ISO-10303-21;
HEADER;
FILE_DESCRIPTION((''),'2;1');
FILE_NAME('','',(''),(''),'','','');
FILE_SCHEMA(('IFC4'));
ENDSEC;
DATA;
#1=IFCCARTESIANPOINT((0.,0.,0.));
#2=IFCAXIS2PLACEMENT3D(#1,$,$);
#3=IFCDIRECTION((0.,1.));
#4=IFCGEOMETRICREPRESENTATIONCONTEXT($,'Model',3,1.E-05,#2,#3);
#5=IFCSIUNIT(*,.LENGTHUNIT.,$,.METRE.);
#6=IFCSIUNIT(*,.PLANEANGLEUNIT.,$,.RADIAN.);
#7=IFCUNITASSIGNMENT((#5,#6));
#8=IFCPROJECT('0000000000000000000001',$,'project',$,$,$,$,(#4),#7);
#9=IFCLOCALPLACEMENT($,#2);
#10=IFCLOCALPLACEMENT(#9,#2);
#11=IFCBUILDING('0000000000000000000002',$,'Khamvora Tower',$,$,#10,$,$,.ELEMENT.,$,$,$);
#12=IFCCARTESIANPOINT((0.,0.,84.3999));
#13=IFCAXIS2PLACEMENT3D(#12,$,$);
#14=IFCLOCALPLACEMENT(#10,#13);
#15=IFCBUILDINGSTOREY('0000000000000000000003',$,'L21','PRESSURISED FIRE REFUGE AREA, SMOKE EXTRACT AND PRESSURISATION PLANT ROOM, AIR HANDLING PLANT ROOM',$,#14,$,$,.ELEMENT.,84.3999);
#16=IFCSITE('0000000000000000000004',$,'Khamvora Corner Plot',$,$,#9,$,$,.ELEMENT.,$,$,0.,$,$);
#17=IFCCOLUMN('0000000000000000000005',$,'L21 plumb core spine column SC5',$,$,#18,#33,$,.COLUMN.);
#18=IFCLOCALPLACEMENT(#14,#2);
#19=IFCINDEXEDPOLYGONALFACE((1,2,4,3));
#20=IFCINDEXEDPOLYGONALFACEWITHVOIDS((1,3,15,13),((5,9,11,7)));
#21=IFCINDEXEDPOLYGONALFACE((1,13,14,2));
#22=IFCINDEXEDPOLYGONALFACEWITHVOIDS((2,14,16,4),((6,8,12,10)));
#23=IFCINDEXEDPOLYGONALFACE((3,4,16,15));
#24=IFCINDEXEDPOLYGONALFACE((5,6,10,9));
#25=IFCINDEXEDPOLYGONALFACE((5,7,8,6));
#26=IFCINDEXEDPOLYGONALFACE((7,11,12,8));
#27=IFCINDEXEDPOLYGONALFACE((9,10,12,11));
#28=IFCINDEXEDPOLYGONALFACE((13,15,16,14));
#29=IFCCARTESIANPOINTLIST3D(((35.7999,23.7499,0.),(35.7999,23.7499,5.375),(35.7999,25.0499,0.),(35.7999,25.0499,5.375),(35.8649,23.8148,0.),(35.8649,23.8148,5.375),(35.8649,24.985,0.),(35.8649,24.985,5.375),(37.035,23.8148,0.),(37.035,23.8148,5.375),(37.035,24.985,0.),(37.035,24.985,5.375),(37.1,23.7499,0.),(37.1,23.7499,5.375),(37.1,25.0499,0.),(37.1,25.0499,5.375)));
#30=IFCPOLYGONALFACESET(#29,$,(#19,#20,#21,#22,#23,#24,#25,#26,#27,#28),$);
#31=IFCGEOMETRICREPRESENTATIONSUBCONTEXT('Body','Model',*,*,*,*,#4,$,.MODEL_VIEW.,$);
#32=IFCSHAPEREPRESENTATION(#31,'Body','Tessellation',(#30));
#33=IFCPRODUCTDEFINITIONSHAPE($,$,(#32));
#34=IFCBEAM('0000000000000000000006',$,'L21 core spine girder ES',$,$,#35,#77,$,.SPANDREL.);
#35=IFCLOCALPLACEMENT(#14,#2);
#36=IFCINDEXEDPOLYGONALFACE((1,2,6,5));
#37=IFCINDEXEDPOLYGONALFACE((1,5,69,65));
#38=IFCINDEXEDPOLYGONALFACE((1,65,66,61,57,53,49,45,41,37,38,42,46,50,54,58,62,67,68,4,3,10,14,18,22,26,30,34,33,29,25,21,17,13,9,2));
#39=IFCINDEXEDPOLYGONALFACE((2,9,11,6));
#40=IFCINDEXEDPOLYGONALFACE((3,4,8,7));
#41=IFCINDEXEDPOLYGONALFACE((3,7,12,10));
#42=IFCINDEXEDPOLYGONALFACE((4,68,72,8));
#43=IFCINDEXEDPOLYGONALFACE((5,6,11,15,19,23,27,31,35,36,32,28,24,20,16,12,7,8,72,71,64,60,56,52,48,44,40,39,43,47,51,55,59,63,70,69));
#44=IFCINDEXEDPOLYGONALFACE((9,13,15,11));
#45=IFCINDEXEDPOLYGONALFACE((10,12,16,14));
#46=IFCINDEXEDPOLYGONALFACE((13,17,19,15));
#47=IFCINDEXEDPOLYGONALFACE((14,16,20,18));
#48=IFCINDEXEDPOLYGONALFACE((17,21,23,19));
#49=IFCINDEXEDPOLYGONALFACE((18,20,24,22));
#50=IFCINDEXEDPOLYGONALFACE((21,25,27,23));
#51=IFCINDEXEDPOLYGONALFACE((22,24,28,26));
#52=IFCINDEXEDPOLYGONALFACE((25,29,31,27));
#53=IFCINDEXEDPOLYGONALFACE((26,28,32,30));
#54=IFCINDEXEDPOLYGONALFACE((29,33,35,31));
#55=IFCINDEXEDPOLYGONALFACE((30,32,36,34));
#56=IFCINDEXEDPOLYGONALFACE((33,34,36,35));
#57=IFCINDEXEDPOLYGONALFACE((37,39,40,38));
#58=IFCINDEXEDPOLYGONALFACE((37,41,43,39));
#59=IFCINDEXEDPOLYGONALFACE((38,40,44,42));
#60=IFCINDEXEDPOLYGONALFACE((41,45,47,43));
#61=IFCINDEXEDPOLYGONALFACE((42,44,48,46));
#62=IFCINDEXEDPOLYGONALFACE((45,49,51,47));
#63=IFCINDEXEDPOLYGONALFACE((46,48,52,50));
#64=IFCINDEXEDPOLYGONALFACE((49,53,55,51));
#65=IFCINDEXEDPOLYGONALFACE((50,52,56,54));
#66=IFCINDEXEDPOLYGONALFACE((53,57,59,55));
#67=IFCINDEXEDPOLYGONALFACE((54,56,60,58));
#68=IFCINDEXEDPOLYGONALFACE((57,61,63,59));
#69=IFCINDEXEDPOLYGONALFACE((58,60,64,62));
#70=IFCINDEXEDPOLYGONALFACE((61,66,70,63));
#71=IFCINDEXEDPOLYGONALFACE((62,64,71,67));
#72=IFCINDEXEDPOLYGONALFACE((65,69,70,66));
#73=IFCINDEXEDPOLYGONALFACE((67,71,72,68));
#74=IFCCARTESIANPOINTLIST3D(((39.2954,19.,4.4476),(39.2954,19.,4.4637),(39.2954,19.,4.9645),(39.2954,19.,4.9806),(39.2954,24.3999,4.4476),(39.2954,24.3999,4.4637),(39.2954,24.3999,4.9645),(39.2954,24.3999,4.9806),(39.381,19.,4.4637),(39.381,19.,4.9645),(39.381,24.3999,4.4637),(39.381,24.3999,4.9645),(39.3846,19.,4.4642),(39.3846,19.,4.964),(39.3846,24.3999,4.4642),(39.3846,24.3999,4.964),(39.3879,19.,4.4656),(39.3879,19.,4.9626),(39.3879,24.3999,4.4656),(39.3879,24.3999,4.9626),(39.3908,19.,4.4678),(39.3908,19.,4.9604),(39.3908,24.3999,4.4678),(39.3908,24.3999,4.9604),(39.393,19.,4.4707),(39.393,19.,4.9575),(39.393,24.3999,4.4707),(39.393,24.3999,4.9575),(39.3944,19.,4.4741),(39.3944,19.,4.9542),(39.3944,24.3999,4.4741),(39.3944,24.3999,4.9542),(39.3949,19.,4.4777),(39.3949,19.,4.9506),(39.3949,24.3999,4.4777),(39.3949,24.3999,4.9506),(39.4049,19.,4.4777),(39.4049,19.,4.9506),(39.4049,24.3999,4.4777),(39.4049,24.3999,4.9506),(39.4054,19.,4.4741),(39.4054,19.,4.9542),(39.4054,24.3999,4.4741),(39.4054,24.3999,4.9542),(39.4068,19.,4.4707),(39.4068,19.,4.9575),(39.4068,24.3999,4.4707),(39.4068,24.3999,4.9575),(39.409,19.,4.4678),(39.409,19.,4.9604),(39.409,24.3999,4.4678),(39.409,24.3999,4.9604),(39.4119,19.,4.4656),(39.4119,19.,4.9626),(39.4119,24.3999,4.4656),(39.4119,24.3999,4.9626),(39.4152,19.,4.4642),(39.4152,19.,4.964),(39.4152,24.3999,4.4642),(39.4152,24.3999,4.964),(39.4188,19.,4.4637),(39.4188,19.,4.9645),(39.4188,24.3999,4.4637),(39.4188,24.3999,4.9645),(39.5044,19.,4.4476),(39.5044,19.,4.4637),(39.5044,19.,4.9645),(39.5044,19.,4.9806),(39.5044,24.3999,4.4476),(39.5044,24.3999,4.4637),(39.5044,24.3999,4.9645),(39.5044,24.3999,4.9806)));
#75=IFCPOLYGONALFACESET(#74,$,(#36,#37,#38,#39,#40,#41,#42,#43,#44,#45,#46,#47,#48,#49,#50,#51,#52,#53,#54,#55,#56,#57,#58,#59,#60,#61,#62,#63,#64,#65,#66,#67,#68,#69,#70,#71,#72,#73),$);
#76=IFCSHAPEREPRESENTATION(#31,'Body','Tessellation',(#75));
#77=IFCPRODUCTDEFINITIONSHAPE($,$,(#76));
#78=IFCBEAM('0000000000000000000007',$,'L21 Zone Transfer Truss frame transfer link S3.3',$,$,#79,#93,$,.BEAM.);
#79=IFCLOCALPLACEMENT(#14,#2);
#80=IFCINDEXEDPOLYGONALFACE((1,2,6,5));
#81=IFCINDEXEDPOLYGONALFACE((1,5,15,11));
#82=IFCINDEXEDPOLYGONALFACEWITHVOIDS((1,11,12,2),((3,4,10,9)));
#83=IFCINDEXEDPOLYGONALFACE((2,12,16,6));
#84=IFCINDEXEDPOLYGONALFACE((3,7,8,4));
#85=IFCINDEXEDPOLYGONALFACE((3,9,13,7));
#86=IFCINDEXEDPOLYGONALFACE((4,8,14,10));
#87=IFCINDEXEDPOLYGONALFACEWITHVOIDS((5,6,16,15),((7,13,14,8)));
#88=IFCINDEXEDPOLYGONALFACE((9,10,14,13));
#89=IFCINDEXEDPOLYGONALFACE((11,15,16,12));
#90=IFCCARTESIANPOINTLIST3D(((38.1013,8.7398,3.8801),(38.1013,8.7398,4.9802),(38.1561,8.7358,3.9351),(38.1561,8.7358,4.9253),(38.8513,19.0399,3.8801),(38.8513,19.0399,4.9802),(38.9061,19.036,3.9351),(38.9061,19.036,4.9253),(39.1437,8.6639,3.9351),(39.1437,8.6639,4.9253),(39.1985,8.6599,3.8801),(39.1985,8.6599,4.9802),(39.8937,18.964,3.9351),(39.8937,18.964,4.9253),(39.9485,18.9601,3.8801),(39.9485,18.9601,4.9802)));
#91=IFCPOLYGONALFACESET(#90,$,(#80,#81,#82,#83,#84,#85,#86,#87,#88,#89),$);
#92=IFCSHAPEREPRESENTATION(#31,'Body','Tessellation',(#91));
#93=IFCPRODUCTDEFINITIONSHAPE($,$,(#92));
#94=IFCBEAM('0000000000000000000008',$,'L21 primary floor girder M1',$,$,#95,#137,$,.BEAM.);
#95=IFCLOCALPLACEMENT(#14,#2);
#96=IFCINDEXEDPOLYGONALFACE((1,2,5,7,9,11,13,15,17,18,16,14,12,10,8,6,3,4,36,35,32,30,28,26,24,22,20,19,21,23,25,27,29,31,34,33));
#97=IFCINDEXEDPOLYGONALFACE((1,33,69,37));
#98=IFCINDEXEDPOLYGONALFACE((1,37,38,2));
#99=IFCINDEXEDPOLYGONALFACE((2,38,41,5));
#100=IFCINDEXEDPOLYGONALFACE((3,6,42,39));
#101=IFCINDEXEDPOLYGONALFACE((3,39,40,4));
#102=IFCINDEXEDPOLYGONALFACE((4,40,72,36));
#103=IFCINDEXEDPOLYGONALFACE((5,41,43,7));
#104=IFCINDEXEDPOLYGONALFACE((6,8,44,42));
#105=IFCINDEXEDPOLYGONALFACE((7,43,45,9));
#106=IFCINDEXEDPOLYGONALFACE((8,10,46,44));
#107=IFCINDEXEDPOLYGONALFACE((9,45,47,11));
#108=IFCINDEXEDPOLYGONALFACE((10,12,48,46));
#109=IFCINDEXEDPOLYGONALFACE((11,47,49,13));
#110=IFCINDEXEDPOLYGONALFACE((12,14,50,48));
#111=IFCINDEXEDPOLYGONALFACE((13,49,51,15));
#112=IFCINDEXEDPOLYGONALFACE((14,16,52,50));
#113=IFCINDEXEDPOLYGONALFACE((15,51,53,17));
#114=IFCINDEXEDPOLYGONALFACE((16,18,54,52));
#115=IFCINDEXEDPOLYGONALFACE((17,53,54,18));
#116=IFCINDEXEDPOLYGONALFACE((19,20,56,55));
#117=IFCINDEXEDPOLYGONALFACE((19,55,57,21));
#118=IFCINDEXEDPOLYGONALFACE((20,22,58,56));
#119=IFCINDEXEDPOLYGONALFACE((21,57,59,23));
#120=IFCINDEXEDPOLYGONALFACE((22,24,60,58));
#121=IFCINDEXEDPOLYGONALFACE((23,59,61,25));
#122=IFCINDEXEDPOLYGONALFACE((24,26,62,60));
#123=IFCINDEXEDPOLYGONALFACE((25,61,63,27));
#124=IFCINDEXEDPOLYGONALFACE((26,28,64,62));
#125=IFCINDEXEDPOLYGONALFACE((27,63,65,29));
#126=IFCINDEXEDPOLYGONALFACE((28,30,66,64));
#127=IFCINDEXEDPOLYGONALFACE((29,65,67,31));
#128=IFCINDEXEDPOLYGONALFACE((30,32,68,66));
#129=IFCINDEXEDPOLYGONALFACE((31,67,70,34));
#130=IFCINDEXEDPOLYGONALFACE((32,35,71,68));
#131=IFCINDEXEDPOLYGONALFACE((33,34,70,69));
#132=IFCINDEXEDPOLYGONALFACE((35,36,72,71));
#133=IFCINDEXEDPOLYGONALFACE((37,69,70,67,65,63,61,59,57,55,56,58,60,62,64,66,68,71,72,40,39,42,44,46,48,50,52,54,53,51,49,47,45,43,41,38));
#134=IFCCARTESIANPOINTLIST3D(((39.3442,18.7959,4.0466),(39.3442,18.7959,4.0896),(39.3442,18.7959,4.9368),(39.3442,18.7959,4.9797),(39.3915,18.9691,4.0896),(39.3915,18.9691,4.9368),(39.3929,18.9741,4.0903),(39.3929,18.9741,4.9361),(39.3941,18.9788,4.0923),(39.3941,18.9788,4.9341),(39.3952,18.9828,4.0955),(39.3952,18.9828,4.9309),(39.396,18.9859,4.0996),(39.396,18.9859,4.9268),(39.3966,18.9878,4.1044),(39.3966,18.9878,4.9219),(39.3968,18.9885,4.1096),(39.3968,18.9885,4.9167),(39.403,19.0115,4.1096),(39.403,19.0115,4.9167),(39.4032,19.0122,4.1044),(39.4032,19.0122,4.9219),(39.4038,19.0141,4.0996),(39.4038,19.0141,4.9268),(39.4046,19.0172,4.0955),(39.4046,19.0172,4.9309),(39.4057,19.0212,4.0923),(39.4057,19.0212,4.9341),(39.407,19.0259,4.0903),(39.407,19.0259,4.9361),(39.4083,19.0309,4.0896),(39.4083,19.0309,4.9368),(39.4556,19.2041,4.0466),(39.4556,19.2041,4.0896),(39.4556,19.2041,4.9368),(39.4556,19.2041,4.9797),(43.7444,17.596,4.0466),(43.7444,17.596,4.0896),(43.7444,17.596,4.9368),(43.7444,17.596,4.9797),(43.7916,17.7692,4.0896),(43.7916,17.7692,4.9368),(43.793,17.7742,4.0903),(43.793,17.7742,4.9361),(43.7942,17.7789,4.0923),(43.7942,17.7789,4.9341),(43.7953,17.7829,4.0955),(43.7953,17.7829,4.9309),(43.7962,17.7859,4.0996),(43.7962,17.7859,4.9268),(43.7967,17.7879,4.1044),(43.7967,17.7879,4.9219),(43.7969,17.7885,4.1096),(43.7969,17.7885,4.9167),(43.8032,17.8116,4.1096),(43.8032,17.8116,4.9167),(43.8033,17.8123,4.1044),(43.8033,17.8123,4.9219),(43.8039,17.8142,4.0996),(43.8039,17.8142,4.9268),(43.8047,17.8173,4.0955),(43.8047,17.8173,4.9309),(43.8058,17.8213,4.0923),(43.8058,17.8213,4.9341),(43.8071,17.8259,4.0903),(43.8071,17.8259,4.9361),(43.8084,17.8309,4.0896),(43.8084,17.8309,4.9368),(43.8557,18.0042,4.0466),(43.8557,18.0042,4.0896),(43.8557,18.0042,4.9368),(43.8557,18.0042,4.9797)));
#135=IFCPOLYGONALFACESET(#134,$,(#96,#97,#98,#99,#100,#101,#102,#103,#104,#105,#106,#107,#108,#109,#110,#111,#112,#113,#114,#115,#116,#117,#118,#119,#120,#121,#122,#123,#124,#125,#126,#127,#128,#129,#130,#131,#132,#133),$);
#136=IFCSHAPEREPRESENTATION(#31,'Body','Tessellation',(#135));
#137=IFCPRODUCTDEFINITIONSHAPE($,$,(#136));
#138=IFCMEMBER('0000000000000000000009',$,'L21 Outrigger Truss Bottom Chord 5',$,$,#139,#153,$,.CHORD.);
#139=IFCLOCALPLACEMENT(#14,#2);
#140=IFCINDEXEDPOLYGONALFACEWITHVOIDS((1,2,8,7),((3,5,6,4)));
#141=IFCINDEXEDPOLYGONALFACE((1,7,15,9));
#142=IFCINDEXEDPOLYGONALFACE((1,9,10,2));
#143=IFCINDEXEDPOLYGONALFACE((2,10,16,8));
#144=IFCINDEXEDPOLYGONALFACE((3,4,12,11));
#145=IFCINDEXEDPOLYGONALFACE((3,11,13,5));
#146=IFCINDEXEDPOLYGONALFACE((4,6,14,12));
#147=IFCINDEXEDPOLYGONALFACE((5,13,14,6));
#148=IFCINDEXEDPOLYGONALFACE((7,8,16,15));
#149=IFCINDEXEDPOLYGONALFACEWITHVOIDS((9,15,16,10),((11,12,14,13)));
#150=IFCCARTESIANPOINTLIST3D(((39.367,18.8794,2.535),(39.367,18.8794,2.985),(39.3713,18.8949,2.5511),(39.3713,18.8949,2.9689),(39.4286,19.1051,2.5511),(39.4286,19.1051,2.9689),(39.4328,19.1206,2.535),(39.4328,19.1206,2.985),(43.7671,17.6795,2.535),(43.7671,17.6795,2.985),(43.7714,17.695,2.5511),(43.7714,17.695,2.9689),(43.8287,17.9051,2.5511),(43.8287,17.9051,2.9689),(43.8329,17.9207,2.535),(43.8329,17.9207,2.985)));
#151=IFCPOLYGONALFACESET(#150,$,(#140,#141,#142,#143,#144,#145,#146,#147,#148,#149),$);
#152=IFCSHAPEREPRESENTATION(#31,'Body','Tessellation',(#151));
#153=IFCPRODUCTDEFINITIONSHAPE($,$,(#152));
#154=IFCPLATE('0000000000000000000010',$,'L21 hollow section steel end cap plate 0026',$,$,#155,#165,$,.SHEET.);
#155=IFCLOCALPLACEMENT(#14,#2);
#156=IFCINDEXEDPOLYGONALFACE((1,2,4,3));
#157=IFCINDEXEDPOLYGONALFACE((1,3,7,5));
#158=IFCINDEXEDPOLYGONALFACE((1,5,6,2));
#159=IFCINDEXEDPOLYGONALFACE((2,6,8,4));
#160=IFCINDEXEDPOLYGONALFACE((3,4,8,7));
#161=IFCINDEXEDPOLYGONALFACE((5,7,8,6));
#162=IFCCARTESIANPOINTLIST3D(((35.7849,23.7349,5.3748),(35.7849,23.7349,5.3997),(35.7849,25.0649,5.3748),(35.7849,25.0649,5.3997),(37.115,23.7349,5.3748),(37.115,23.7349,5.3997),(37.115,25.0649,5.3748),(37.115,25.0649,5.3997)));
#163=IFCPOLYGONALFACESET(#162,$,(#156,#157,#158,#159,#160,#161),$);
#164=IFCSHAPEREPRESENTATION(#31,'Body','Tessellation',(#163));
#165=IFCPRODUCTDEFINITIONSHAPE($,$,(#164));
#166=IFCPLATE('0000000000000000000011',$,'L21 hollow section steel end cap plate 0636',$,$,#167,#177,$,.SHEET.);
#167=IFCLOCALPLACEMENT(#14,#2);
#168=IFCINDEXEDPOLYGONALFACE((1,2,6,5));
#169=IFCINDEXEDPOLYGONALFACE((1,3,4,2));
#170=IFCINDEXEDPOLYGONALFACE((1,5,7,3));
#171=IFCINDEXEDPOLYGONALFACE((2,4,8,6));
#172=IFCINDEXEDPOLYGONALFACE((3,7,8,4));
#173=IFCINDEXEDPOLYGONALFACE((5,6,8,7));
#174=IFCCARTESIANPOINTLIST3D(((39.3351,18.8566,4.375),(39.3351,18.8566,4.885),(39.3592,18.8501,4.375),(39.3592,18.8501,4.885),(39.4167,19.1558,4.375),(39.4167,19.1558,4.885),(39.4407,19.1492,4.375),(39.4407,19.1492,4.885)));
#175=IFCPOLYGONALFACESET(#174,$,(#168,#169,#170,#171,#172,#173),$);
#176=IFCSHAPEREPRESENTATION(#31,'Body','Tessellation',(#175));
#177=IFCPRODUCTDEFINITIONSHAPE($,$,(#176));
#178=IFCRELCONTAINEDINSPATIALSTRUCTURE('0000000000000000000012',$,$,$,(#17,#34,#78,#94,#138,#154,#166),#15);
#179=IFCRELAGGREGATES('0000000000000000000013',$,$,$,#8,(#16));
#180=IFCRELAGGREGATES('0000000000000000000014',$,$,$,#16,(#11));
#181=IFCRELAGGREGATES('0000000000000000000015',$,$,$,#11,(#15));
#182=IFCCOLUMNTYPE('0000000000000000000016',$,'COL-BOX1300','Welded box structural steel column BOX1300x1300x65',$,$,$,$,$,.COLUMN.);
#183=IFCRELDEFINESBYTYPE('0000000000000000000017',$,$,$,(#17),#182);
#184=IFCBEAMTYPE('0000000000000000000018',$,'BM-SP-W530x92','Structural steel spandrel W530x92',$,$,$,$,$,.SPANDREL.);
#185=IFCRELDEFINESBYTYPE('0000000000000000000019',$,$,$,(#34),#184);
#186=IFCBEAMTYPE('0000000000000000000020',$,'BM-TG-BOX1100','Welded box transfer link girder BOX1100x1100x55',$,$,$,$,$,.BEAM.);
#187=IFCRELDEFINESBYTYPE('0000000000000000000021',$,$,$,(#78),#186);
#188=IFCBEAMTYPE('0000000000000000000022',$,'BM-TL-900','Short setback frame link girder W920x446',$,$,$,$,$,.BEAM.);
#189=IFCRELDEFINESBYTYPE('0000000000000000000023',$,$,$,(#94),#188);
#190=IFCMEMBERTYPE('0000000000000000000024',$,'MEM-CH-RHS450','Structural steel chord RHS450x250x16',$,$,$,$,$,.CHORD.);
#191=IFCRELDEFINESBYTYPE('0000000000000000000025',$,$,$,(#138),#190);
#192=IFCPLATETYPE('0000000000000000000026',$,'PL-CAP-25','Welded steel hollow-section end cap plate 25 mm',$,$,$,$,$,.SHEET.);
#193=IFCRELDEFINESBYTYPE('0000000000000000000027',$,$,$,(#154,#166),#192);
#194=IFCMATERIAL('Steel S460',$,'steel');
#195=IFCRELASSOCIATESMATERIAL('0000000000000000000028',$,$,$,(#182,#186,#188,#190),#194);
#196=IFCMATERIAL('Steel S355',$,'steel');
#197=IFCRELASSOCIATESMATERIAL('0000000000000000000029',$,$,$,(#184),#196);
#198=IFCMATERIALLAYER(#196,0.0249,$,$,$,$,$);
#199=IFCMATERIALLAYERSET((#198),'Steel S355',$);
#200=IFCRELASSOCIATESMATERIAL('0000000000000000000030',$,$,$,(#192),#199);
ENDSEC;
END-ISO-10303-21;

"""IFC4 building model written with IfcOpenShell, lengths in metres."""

from ifc_helpers import new_model, si_unit, direction, frame, origin, origin_2d, place, context, subcontext, project, spatial, rectangle, hollow_rectangle, i_section, extrude, material, layer, layer_set, material_profile, profile_set, type_object, element, save


model = new_model("IFC4")

# Units and contexts
model_context = context("Model", 3, precision=1e-05, world=origin(), true_north=direction((0.0, 1.0)))
body_context = subcontext(model_context, "Body", "Model", "MODEL_VIEW")
ifc_project = project(units=[si_unit("LENGTHUNIT", "METRE"), si_unit("PLANEANGLEUNIT", "RADIAN")], contexts=[model_context])

# Site, building, storey
site_placement = place(None, origin())
site = spatial("IfcSite", under=ifc_project, at=site_placement, Name="Khamvora Corner Plot", CompositionType="ELEMENT", RefElevation=0.0)
building_placement = place(site_placement, origin())
building = spatial("IfcBuilding", under=site, at=building_placement, Name="Khamvora Tower", CompositionType="ELEMENT")
storey_placement = place(building_placement, frame((0.0, 0.0, 84.3999)))
storey = spatial("IfcBuildingStorey", under=building, at=storey_placement, Name="L21", Description="PRESSURISED FIRE REFUGE AREA, SMOKE EXTRACT AND PRESSURISATION PLANT ROOM, AIR HANDLING PLANT ROOM", CompositionType="ELEMENT", Elevation=84.3999)

# Column
ifc_material_1 = material(Name="Steel S460", Category="steel")
ifc_material_profile_1 = material_profile(ifc_material_1, hollow_rectangle(XDim=1.3, YDim=1.3, WallThickness=0.0649, at=origin_2d()), Name="BOX1300x1300x65")
ifc_profile_set_1 = profile_set([ifc_material_profile_1], Name="Steel S460")
column_type = type_object("IfcColumnType", Name="COL-BOX1300", Description="Welded box structural steel column BOX1300x1300x65", PredefinedType="COLUMN", material=ifc_profile_set_1)
column_placement = place(storey_placement, frame((36.45, 24.3999, 0.0), z_axis=(0.0, 0.0, 1.0), x_axis=(1.0, 0.0, 0.0)))
element("IfcColumn", 1, at=column_placement, inside=storey, type_object=column_type, Name="L21 plumb core spine column SC5", PredefinedType="COLUMN", context=body_context, shape_type="SweptSolid", body=[
    extrude(hollow_rectangle(XDim=1.3, YDim=1.3, WallThickness=0.0649, at=origin_2d()), origin(), (0.0, 0.0, 1.0), 5.375),
])

# Beams
ifc_material_2 = material(Name="Steel S355", Category="steel")
ifc_material_profile_2 = material_profile(ifc_material_2, i_section(OverallWidth=0.209, OverallDepth=0.533, WebThickness=0.01, FlangeThickness=0.0161, FilletRadius=0.0139, at=origin_2d()), Name="W530x92")
ifc_profile_set_2 = profile_set([ifc_material_profile_2], Name="Steel S355")
beam_type_1 = type_object("IfcBeamType", Name="BM-SP-W530x92", Description="Structural steel spandrel W530x92", PredefinedType="SPANDREL", material=ifc_profile_set_2)
beam_1_placement = place(storey_placement, frame((39.3999, 19.0, 4.7141), z_axis=(0.0, 1.0, 0.0), x_axis=(-1.0, 0.0, 0.0)))
element("IfcBeam", 2, at=beam_1_placement, inside=storey, type_object=beam_type_1, Name="L21 core spine girder ES", PredefinedType="SPANDREL", context=body_context, shape_type="SweptSolid", body=[
    extrude(i_section(OverallWidth=0.209, OverallDepth=0.533, WebThickness=0.01, FlangeThickness=0.0161, FilletRadius=0.0139, at=origin_2d()), origin(), (0.0, 0.0, 1.0), 5.3999),
])
ifc_material_profile_3 = material_profile(ifc_material_1, hollow_rectangle(XDim=1.1001, YDim=1.1001, WallThickness=0.0549, at=origin_2d()), Name="BOX1100x1100x55")
ifc_profile_set_3 = profile_set([ifc_material_profile_3], Name="Steel S460")
beam_type_2 = type_object("IfcBeamType", Name="BM-TG-BOX1100", Description="Welded box transfer link girder BOX1100x1100x55", PredefinedType="BEAM", material=ifc_profile_set_3)
beam_2_placement = place(storey_placement, frame((39.3999, 19.0, 4.4302), z_axis=(-0.072623, -0.997359, 0.0), x_axis=(0.997359, -0.072623, 0.0)))
element("IfcBeam", 3, at=beam_2_placement, inside=storey, type_object=beam_type_2, Name="L21 Zone Transfer Truss frame transfer link S3.3", PredefinedType="BEAM", context=body_context, shape_type="SweptSolid", body=[
    extrude(hollow_rectangle(XDim=1.1001, YDim=1.1001, WallThickness=0.0549, at=origin_2d()), origin(), (0.0, 0.0, 1.0), 10.3274),
])
ifc_material_profile_4 = material_profile(ifc_material_1, i_section(OverallWidth=0.4231, OverallDepth=0.9331, WebThickness=0.0239, FlangeThickness=0.043, FilletRadius=0.02, at=origin_2d()), Name="W920x446")
ifc_profile_set_4 = profile_set([ifc_material_profile_4], Name="Steel S460")
beam_type_3 = type_object("IfcBeamType", Name="BM-TL-900", Description="Short setback frame link girder W920x446", PredefinedType="BEAM", material=ifc_profile_set_4)
beam_3_placement = place(storey_placement, frame((39.3999, 19.0, 4.5132), z_axis=(0.964769, -0.263099, 0.0), x_axis=(0.263099, 0.964769, 0.0)))
element("IfcBeam", 4, at=beam_3_placement, inside=storey, type_object=beam_type_3, Name="L21 primary floor girder M1", PredefinedType="BEAM", context=body_context, shape_type="SweptSolid", body=[
    extrude(i_section(OverallWidth=0.4231, OverallDepth=0.9331, WebThickness=0.0239, FlangeThickness=0.043, FilletRadius=0.02, at=origin_2d()), origin(), (0.0, 0.0, 1.0), 4.5608),
])

# Member
ifc_material_profile_5 = material_profile(ifc_material_1, hollow_rectangle(XDim=0.25, YDim=0.45, WallThickness=0.0161, at=origin_2d()), Name="RHS450x250x16")
ifc_profile_set_5 = profile_set([ifc_material_profile_5], Name="Steel S460")
member_type = type_object("IfcMemberType", Name="MEM-CH-RHS450", Description="Structural steel chord RHS450x250x16", PredefinedType="CHORD", material=ifc_profile_set_5)
member_placement = place(storey_placement, frame((39.3999, 19.0, 2.76), z_axis=(0.964769, -0.263099, 0.0), x_axis=(0.263099, 0.964769, 0.0)))
element("IfcMember", 5, at=member_placement, inside=storey, type_object=member_type, Name="L21 Outrigger Truss Bottom Chord 5", PredefinedType="CHORD", context=body_context, shape_type="SweptSolid", body=[
    extrude(hollow_rectangle(XDim=0.25, YDim=0.45, WallThickness=0.0161, at=origin_2d()), origin(), (0.0, 0.0, 1.0), 4.5608),
])

# Plates
ifc_layer_1 = layer(ifc_material_2, 0.0249)
ifc_layer_set_1 = layer_set([ifc_layer_1], Name="Steel S355")
plate_type_1 = type_object("IfcPlateType", Name="PL-CAP-25", Description="Welded steel hollow-section end cap plate 25 mm", PredefinedType="SHEET", material=ifc_layer_set_1)
plate_placement = place(storey_placement, frame((36.45, 24.3999, 5.3748), z_axis=(0.0, 0.0, 1.0), x_axis=(1.0, 0.0, 0.0)))
element("IfcPlate", 6, at=plate_placement, inside=storey, type_object=plate_type_1, Name="L21 hollow section steel end cap plate 0026", PredefinedType="SHEET", context=body_context, shape_type="SweptSolid", body=[
    extrude(rectangle(XDim=1.3301, YDim=1.3301, at=origin_2d()), origin(), (0.0, 0.0, 1.0), 0.0249),
])
for number, where, z_axis, x_axis, name in (
    (7, (39.3879, 19.0029, 4.375), (0.0, 0.0, 1.0), (0.964764, -0.263115, 0.0), "L21 hollow section steel end cap plate 0636"),
):
    element("IfcPlate", number, at=place(storey_placement, frame(where, z_axis=z_axis, x_axis=x_axis)), inside=storey, type_object=plate_type_1, Name=name, PredefinedType="SHEET", context=body_context, shape_type="SweptSolid", body=[
        extrude(rectangle(XDim=0.0249, YDim=0.3101, at=origin_2d()), origin(), (0.0, 0.0, 1.0), 0.51),
    ])

save(model, "model.ifc")
